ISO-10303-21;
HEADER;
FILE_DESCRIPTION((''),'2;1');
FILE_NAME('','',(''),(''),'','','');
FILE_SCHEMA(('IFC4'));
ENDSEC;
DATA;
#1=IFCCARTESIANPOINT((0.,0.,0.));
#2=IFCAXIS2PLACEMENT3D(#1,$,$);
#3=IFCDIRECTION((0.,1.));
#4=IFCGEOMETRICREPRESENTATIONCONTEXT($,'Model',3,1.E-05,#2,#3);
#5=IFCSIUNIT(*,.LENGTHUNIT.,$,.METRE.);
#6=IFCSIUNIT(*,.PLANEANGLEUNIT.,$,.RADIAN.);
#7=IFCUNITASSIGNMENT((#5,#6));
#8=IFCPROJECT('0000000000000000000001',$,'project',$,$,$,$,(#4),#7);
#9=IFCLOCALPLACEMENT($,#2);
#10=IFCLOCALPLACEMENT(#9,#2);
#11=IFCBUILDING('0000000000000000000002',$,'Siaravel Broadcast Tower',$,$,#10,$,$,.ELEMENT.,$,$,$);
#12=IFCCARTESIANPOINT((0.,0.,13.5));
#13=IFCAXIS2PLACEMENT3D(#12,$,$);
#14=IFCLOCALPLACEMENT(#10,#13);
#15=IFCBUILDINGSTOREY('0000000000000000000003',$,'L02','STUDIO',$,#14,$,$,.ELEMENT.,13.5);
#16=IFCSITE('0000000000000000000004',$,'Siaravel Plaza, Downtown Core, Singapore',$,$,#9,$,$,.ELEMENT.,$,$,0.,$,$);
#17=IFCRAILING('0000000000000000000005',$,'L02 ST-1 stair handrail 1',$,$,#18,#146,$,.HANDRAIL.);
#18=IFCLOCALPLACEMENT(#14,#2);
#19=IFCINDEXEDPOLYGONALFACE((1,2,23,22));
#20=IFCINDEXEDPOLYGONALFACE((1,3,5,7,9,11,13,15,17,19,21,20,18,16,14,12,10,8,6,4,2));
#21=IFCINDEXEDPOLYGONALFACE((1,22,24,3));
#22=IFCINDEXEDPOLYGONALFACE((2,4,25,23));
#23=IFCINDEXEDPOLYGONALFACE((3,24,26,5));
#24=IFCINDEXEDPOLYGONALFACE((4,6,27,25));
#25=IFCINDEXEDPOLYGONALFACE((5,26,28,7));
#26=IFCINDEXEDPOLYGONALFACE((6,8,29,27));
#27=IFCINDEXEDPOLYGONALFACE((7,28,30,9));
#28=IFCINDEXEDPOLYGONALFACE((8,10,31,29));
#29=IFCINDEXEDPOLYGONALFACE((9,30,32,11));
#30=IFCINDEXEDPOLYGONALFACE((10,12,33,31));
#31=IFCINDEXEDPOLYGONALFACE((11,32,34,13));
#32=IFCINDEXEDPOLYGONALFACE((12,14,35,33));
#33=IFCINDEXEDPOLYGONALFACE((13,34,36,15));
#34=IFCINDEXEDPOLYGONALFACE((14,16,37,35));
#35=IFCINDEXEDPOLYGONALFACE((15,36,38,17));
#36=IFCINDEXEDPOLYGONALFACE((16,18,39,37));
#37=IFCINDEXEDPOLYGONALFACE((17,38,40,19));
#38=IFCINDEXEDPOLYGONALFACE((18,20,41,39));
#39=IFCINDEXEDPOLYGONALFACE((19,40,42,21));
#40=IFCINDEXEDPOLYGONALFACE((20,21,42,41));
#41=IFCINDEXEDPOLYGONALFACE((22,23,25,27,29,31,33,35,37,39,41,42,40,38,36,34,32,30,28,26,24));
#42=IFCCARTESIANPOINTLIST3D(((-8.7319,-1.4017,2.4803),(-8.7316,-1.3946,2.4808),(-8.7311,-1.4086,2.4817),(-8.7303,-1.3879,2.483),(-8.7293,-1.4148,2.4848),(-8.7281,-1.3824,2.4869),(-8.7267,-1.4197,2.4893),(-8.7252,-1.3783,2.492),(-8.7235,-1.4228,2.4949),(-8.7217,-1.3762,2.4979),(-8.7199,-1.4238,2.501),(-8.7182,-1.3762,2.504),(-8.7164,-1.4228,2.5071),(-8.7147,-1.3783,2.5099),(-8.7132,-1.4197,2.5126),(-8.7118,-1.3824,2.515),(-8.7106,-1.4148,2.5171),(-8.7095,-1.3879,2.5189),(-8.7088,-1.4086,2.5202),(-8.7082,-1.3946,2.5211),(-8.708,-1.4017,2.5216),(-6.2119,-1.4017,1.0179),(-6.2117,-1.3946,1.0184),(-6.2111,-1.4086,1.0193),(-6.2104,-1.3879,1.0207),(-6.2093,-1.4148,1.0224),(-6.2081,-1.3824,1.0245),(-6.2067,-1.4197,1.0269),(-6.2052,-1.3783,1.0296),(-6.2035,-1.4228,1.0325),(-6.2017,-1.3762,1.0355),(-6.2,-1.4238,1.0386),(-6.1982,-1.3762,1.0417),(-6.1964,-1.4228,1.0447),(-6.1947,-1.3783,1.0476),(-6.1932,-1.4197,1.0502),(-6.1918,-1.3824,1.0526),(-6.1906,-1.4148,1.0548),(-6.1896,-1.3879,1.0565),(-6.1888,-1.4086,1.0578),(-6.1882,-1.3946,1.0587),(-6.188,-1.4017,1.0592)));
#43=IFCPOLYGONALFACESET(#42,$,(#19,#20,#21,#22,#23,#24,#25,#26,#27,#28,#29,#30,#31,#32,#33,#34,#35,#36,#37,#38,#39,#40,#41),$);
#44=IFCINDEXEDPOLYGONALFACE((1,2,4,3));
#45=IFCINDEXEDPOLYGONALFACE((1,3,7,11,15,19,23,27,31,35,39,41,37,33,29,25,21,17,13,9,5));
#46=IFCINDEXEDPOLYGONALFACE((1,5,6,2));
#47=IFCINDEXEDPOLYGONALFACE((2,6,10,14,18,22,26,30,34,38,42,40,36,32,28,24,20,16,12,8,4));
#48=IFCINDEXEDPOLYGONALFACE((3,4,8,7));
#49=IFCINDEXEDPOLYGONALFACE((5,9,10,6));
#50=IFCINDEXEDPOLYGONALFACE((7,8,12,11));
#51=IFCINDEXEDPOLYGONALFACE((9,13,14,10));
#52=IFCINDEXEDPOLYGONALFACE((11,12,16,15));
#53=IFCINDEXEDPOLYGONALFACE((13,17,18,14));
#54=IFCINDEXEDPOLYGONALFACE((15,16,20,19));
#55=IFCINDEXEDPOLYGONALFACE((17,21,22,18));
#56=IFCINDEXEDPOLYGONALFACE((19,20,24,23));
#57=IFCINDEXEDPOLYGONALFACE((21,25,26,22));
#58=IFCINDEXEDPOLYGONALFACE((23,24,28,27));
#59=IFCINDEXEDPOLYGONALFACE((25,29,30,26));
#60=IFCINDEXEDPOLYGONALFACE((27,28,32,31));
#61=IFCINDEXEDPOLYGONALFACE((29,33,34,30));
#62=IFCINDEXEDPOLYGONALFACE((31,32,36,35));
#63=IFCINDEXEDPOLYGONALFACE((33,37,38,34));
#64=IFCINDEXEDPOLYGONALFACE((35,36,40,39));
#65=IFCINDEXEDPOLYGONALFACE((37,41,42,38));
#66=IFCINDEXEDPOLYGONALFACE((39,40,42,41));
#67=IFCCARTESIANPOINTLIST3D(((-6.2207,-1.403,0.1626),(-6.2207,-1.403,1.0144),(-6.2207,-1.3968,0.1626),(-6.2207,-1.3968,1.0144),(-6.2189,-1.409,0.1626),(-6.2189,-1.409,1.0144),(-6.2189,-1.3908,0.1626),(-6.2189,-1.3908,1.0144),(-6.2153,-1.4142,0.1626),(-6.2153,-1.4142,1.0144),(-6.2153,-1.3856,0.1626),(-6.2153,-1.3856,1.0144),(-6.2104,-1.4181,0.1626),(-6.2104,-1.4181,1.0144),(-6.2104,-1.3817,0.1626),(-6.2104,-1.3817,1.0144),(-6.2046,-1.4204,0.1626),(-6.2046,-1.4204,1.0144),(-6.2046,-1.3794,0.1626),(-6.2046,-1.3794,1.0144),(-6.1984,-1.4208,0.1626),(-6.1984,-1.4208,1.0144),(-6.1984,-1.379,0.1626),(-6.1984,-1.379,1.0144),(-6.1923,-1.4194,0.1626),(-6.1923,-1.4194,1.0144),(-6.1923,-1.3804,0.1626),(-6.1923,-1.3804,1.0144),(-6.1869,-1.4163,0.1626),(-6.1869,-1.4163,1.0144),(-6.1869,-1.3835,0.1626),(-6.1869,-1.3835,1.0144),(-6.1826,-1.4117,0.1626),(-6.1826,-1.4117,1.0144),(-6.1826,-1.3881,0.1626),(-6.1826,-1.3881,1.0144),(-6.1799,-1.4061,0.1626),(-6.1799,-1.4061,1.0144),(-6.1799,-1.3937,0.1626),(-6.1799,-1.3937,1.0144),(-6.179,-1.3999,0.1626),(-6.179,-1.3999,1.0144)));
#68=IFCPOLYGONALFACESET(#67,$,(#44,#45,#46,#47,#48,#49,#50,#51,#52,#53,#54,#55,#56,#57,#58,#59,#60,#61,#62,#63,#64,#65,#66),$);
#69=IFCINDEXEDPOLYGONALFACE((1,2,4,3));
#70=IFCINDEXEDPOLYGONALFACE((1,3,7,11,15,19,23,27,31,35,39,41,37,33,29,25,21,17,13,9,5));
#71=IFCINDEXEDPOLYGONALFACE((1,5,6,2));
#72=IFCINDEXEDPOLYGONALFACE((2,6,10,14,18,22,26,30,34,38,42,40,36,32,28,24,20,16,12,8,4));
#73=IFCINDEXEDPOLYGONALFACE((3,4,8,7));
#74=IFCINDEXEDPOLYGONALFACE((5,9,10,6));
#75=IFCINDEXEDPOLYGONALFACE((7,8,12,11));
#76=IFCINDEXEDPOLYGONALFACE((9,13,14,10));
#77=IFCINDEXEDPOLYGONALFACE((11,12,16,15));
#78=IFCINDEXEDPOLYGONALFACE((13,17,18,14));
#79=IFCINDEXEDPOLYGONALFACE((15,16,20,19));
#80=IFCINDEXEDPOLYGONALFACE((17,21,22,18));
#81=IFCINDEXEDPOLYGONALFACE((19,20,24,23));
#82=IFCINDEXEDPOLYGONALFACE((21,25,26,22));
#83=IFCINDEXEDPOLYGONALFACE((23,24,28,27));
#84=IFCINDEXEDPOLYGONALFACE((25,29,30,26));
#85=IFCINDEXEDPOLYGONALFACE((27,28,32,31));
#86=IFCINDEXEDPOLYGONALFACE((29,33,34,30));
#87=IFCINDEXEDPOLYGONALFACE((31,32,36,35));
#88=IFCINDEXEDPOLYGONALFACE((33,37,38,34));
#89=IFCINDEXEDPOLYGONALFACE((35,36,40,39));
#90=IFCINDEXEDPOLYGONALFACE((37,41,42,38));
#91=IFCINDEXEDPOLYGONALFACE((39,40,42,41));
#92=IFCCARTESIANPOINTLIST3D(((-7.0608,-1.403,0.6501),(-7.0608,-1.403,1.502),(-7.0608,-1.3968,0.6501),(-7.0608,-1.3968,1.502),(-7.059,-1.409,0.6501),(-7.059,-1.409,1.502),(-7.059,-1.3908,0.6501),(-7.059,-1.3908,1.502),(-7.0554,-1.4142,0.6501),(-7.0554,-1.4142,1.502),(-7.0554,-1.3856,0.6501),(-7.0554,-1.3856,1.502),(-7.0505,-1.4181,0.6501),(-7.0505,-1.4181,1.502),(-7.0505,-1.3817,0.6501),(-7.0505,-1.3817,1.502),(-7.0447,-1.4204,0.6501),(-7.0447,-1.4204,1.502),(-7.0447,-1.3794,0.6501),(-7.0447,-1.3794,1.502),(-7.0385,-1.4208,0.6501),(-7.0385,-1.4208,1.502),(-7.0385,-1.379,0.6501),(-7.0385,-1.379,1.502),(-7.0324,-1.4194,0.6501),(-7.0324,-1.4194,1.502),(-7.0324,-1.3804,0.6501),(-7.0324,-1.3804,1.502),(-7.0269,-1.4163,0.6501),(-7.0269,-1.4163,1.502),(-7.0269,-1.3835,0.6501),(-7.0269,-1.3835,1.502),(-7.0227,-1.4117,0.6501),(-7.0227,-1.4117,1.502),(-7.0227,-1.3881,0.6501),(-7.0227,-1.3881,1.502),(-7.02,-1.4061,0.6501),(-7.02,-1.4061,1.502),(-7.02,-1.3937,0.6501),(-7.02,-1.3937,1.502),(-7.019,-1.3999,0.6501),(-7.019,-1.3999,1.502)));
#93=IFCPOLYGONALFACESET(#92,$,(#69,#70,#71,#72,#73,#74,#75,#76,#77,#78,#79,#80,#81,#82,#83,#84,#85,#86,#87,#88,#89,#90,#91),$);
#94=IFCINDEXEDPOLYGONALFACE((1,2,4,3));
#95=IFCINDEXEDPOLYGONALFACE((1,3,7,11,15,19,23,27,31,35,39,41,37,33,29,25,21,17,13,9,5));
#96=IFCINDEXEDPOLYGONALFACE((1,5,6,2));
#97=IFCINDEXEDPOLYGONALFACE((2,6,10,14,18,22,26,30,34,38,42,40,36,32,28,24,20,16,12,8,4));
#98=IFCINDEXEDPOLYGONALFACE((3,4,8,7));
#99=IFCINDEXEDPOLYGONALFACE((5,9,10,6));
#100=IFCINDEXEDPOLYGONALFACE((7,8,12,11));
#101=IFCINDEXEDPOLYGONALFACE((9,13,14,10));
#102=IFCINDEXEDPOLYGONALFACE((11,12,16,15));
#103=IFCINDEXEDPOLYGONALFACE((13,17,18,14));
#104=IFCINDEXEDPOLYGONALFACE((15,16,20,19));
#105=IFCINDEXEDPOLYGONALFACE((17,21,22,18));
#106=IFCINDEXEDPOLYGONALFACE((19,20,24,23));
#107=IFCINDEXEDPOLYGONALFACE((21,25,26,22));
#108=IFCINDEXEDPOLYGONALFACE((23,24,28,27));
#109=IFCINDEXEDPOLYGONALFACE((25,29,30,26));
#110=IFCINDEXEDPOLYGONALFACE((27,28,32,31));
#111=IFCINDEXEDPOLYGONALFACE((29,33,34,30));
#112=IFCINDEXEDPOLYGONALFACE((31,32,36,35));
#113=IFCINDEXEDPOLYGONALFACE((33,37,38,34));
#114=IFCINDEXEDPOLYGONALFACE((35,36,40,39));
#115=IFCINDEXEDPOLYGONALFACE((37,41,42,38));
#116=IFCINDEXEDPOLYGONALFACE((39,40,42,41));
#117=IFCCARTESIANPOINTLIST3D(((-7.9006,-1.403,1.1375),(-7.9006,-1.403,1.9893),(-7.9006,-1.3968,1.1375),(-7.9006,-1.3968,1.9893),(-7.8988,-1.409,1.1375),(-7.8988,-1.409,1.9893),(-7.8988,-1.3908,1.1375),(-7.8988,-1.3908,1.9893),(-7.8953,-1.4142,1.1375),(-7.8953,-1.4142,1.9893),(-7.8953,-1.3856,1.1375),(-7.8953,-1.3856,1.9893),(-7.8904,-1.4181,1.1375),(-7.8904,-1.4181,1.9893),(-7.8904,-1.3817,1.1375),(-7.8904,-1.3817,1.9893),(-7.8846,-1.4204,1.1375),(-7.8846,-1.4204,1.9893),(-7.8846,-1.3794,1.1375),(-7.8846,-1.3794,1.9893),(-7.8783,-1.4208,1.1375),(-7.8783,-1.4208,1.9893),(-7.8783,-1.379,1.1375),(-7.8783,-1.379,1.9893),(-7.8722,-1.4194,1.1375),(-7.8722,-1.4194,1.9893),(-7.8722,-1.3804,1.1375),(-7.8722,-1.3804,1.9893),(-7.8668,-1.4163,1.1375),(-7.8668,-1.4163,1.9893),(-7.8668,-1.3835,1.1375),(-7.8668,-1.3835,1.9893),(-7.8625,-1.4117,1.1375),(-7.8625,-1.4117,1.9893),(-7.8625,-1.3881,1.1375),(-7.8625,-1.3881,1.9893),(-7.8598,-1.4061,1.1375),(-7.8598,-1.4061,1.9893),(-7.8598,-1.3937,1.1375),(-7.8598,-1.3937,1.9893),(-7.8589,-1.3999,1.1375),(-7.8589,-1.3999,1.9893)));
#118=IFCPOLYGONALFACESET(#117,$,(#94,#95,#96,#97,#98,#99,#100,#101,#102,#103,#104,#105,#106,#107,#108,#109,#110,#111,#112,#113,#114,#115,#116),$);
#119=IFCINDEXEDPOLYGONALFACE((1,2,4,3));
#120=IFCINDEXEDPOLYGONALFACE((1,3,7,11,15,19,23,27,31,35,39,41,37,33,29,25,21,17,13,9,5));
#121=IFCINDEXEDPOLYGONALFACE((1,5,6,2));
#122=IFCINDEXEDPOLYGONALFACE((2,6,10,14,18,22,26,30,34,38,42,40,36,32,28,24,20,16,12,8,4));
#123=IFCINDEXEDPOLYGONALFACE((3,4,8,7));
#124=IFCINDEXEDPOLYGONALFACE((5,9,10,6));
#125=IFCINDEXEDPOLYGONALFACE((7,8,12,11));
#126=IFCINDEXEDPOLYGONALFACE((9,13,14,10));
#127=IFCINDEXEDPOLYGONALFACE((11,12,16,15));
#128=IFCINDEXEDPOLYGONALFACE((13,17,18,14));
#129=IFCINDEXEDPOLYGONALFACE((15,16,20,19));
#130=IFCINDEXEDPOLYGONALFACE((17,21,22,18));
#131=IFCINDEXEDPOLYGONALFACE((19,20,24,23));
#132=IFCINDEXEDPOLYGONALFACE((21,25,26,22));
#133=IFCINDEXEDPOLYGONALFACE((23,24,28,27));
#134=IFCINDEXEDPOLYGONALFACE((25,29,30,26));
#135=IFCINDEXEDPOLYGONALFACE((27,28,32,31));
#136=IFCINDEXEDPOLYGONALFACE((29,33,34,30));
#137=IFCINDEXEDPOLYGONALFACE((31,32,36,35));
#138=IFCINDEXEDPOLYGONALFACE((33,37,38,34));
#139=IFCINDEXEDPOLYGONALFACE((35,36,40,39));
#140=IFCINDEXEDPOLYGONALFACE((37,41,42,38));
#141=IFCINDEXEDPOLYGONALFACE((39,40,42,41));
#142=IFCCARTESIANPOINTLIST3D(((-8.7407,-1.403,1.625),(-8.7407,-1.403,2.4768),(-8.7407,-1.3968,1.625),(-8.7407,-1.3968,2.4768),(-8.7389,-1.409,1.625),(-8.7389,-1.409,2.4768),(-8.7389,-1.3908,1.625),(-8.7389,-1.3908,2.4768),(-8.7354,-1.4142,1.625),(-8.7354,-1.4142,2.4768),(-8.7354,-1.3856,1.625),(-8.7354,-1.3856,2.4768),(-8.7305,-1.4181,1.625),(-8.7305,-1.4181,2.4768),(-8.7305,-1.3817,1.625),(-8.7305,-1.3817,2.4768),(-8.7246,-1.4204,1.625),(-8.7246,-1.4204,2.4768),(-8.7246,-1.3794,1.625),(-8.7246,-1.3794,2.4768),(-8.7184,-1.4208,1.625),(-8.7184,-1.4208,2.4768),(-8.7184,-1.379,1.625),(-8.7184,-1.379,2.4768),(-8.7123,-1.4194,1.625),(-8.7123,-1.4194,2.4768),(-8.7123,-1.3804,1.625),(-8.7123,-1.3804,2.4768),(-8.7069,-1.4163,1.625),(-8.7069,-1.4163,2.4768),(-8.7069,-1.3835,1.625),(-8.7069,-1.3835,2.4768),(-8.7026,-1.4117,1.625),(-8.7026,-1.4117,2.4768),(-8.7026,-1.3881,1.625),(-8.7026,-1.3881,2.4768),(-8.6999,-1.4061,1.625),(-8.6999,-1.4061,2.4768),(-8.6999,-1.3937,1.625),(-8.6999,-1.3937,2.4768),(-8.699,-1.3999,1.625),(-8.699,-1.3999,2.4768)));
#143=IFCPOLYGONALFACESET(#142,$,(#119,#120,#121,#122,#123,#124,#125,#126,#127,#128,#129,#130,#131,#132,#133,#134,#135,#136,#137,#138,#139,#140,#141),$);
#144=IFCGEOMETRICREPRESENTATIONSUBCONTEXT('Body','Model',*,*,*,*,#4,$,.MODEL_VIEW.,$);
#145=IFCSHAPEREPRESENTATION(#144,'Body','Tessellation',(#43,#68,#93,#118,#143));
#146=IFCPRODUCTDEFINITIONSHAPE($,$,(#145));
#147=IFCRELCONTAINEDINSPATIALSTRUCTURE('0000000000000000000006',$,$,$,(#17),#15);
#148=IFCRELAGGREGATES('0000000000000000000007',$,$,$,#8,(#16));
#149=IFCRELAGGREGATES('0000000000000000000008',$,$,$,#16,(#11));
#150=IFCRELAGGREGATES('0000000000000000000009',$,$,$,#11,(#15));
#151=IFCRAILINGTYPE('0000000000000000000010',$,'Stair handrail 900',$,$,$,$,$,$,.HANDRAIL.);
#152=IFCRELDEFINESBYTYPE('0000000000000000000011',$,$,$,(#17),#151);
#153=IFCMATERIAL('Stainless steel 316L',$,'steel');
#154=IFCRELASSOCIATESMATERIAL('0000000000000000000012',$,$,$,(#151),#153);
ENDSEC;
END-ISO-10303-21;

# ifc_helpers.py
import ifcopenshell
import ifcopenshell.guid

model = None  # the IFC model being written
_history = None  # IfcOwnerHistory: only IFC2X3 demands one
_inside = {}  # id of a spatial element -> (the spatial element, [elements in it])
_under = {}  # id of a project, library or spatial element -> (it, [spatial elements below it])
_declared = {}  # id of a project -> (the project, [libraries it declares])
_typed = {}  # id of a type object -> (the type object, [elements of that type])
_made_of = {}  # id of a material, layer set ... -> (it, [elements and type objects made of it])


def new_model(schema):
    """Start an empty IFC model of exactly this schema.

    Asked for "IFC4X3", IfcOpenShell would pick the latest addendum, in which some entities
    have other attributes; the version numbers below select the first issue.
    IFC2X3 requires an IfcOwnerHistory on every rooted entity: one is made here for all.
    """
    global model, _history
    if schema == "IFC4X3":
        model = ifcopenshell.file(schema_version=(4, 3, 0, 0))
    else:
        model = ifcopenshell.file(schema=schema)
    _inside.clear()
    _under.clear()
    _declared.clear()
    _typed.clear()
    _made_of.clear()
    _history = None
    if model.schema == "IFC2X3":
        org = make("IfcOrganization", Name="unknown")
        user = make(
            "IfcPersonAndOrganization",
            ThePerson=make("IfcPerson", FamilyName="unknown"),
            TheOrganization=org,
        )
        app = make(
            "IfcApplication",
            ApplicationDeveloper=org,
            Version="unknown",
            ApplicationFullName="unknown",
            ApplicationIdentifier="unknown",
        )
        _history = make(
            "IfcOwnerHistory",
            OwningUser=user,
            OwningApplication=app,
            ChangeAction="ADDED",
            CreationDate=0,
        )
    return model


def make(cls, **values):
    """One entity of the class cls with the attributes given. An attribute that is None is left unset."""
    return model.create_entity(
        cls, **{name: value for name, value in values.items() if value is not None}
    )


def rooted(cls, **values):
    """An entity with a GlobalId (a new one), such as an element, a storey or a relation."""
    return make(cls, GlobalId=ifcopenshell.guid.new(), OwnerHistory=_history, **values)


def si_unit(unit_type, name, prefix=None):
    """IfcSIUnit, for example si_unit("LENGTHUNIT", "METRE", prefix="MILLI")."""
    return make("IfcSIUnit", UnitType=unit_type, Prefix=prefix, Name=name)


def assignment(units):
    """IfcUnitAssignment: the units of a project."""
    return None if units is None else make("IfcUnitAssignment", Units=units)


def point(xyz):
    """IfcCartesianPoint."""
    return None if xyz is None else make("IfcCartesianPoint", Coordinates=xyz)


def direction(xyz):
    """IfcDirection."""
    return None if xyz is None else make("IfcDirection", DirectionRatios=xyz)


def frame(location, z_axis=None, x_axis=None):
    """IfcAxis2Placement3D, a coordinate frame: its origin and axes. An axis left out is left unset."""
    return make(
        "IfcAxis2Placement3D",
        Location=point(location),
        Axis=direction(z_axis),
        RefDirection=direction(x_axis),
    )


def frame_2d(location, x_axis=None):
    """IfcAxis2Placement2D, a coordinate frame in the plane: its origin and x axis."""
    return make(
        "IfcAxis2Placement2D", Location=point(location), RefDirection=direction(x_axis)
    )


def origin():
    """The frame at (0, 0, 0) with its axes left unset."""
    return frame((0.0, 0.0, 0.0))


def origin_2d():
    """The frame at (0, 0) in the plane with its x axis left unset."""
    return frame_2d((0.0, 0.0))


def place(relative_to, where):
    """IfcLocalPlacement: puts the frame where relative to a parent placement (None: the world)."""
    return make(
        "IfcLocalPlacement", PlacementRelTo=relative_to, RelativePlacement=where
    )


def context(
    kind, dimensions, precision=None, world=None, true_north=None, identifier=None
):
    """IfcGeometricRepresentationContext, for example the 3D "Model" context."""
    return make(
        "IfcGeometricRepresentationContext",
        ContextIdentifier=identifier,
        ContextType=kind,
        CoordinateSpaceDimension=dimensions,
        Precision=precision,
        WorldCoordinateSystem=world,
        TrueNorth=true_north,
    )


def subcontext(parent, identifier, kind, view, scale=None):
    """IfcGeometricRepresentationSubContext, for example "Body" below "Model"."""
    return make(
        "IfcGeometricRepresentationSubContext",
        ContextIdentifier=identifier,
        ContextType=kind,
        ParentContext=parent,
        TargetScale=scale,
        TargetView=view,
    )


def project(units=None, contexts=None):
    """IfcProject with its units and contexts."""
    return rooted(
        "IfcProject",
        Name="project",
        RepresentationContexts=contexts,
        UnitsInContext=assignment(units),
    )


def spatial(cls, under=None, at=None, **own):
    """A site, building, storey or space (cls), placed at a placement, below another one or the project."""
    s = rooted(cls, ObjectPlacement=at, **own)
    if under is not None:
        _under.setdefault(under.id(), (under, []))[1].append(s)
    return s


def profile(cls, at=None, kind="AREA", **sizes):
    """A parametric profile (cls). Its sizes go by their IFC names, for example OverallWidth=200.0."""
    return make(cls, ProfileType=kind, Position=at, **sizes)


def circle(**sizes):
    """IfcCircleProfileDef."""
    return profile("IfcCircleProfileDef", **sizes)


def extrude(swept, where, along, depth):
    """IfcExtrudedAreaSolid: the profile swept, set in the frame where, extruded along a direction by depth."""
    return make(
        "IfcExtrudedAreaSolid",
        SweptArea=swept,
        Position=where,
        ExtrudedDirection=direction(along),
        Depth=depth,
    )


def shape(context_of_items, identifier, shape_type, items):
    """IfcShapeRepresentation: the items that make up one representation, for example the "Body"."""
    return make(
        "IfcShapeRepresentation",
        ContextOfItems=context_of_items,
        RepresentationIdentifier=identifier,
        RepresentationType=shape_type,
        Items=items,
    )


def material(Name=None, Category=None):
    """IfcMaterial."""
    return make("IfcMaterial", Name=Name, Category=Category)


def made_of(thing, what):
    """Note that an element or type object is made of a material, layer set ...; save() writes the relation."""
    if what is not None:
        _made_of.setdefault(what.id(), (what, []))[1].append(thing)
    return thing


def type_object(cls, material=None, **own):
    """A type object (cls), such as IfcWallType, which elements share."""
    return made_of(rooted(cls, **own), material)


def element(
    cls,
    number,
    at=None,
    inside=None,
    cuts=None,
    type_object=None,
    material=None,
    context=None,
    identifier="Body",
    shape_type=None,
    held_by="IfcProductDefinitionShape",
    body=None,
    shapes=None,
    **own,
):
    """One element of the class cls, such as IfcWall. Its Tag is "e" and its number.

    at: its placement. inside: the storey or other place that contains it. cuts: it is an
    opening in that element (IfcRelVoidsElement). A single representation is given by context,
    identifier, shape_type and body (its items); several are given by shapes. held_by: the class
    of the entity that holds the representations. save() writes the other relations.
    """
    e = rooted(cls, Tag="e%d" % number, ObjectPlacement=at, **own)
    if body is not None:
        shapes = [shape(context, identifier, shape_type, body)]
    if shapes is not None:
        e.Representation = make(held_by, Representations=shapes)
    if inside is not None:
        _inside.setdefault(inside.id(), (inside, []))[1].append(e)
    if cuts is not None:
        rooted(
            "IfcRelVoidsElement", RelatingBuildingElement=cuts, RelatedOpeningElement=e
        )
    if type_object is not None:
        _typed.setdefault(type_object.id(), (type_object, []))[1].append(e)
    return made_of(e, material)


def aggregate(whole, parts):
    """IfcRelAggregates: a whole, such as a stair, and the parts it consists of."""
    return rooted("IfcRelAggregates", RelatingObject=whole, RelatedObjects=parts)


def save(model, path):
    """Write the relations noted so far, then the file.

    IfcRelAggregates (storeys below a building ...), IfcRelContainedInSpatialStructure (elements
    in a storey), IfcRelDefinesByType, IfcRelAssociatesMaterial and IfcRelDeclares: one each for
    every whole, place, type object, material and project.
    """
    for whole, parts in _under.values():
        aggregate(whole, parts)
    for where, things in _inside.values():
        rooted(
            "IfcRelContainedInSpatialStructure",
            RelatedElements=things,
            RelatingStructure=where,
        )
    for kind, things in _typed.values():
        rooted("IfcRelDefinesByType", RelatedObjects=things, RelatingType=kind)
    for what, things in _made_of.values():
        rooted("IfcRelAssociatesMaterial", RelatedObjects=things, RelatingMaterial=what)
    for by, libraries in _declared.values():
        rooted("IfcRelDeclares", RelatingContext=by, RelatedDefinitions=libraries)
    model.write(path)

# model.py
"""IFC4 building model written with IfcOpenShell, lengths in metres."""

from ifc_helpers import new_model, si_unit, direction, frame, origin, origin_2d, place, context, subcontext, project, spatial, circle, extrude, material, type_object, element, save


model = new_model("IFC4")

# Units and contexts
model_context = context("Model", 3, precision=1e-05, world=origin(), true_north=direction((0.0, 1.0)))
body_context = subcontext(model_context, "Body", "Model", "MODEL_VIEW")
ifc_project = project(units=[si_unit("LENGTHUNIT", "METRE"), si_unit("PLANEANGLEUNIT", "RADIAN")], contexts=[model_context])

# Site, building, storey
site_placement = place(None, origin())
site = spatial("IfcSite", under=ifc_project, at=site_placement, Name="Siaravel Plaza, Downtown Core, Singapore", CompositionType="ELEMENT", RefElevation=0.0)
building_placement = place(site_placement, origin())
building = spatial("IfcBuilding", under=site, at=building_placement, Name="Siaravel Broadcast Tower", CompositionType="ELEMENT")
storey_placement = place(building_placement, frame((0.0, 0.0, 13.5)))
storey = spatial("IfcBuildingStorey", under=building, at=storey_placement, Name="L02", Description="STUDIO", CompositionType="ELEMENT", Elevation=13.5)

# Shared definitions
ifc_material_1 = material(Name="Stainless steel 316L", Category="steel")

# Railing
railing_type_1 = type_object("IfcRailingType", Name="Stair handrail 900", PredefinedType="HANDRAIL", material=ifc_material_1)
for number, where, name in (
    (1, (-6.2, -1.3999, 0.1626), "L02 ST-1 stair handrail 1"),
):
    element("IfcRailing", number, at=place(storey_placement, frame(where)), inside=storey, type_object=railing_type_1, Name=name, PredefinedType="HANDRAIL", context=body_context, shape_type="SweptSolid", body=[
        extrude(circle(Radius=0.0239, at=origin_2d()), frame((0.0, 0.0, 0.876), z_axis=(-0.864913, 0.0, 0.501921), x_axis=(0.0, -1.0, 0.0)), (0.0, 0.0, 1.0), 2.9136),
        extrude(circle(Radius=0.021, at=origin_2d()), origin(), (0.0, 0.0, 1.0), 0.8518),
        extrude(circle(Radius=0.021, at=origin_2d()), frame((-0.8401, 0.0, 0.4875)), (0.0, 0.0, 1.0), 0.8518),
        extrude(circle(Radius=0.021, at=origin_2d()), frame((-1.6799, 0.0, 0.9749)), (0.0, 0.0, 1.0), 0.8518),
        extrude(circle(Radius=0.021, at=origin_2d()), frame((-2.52, 0.0, 1.4624)), (0.0, 0.0, 1.0), 0.8518),
    ])

save(model, "model.ifc")
